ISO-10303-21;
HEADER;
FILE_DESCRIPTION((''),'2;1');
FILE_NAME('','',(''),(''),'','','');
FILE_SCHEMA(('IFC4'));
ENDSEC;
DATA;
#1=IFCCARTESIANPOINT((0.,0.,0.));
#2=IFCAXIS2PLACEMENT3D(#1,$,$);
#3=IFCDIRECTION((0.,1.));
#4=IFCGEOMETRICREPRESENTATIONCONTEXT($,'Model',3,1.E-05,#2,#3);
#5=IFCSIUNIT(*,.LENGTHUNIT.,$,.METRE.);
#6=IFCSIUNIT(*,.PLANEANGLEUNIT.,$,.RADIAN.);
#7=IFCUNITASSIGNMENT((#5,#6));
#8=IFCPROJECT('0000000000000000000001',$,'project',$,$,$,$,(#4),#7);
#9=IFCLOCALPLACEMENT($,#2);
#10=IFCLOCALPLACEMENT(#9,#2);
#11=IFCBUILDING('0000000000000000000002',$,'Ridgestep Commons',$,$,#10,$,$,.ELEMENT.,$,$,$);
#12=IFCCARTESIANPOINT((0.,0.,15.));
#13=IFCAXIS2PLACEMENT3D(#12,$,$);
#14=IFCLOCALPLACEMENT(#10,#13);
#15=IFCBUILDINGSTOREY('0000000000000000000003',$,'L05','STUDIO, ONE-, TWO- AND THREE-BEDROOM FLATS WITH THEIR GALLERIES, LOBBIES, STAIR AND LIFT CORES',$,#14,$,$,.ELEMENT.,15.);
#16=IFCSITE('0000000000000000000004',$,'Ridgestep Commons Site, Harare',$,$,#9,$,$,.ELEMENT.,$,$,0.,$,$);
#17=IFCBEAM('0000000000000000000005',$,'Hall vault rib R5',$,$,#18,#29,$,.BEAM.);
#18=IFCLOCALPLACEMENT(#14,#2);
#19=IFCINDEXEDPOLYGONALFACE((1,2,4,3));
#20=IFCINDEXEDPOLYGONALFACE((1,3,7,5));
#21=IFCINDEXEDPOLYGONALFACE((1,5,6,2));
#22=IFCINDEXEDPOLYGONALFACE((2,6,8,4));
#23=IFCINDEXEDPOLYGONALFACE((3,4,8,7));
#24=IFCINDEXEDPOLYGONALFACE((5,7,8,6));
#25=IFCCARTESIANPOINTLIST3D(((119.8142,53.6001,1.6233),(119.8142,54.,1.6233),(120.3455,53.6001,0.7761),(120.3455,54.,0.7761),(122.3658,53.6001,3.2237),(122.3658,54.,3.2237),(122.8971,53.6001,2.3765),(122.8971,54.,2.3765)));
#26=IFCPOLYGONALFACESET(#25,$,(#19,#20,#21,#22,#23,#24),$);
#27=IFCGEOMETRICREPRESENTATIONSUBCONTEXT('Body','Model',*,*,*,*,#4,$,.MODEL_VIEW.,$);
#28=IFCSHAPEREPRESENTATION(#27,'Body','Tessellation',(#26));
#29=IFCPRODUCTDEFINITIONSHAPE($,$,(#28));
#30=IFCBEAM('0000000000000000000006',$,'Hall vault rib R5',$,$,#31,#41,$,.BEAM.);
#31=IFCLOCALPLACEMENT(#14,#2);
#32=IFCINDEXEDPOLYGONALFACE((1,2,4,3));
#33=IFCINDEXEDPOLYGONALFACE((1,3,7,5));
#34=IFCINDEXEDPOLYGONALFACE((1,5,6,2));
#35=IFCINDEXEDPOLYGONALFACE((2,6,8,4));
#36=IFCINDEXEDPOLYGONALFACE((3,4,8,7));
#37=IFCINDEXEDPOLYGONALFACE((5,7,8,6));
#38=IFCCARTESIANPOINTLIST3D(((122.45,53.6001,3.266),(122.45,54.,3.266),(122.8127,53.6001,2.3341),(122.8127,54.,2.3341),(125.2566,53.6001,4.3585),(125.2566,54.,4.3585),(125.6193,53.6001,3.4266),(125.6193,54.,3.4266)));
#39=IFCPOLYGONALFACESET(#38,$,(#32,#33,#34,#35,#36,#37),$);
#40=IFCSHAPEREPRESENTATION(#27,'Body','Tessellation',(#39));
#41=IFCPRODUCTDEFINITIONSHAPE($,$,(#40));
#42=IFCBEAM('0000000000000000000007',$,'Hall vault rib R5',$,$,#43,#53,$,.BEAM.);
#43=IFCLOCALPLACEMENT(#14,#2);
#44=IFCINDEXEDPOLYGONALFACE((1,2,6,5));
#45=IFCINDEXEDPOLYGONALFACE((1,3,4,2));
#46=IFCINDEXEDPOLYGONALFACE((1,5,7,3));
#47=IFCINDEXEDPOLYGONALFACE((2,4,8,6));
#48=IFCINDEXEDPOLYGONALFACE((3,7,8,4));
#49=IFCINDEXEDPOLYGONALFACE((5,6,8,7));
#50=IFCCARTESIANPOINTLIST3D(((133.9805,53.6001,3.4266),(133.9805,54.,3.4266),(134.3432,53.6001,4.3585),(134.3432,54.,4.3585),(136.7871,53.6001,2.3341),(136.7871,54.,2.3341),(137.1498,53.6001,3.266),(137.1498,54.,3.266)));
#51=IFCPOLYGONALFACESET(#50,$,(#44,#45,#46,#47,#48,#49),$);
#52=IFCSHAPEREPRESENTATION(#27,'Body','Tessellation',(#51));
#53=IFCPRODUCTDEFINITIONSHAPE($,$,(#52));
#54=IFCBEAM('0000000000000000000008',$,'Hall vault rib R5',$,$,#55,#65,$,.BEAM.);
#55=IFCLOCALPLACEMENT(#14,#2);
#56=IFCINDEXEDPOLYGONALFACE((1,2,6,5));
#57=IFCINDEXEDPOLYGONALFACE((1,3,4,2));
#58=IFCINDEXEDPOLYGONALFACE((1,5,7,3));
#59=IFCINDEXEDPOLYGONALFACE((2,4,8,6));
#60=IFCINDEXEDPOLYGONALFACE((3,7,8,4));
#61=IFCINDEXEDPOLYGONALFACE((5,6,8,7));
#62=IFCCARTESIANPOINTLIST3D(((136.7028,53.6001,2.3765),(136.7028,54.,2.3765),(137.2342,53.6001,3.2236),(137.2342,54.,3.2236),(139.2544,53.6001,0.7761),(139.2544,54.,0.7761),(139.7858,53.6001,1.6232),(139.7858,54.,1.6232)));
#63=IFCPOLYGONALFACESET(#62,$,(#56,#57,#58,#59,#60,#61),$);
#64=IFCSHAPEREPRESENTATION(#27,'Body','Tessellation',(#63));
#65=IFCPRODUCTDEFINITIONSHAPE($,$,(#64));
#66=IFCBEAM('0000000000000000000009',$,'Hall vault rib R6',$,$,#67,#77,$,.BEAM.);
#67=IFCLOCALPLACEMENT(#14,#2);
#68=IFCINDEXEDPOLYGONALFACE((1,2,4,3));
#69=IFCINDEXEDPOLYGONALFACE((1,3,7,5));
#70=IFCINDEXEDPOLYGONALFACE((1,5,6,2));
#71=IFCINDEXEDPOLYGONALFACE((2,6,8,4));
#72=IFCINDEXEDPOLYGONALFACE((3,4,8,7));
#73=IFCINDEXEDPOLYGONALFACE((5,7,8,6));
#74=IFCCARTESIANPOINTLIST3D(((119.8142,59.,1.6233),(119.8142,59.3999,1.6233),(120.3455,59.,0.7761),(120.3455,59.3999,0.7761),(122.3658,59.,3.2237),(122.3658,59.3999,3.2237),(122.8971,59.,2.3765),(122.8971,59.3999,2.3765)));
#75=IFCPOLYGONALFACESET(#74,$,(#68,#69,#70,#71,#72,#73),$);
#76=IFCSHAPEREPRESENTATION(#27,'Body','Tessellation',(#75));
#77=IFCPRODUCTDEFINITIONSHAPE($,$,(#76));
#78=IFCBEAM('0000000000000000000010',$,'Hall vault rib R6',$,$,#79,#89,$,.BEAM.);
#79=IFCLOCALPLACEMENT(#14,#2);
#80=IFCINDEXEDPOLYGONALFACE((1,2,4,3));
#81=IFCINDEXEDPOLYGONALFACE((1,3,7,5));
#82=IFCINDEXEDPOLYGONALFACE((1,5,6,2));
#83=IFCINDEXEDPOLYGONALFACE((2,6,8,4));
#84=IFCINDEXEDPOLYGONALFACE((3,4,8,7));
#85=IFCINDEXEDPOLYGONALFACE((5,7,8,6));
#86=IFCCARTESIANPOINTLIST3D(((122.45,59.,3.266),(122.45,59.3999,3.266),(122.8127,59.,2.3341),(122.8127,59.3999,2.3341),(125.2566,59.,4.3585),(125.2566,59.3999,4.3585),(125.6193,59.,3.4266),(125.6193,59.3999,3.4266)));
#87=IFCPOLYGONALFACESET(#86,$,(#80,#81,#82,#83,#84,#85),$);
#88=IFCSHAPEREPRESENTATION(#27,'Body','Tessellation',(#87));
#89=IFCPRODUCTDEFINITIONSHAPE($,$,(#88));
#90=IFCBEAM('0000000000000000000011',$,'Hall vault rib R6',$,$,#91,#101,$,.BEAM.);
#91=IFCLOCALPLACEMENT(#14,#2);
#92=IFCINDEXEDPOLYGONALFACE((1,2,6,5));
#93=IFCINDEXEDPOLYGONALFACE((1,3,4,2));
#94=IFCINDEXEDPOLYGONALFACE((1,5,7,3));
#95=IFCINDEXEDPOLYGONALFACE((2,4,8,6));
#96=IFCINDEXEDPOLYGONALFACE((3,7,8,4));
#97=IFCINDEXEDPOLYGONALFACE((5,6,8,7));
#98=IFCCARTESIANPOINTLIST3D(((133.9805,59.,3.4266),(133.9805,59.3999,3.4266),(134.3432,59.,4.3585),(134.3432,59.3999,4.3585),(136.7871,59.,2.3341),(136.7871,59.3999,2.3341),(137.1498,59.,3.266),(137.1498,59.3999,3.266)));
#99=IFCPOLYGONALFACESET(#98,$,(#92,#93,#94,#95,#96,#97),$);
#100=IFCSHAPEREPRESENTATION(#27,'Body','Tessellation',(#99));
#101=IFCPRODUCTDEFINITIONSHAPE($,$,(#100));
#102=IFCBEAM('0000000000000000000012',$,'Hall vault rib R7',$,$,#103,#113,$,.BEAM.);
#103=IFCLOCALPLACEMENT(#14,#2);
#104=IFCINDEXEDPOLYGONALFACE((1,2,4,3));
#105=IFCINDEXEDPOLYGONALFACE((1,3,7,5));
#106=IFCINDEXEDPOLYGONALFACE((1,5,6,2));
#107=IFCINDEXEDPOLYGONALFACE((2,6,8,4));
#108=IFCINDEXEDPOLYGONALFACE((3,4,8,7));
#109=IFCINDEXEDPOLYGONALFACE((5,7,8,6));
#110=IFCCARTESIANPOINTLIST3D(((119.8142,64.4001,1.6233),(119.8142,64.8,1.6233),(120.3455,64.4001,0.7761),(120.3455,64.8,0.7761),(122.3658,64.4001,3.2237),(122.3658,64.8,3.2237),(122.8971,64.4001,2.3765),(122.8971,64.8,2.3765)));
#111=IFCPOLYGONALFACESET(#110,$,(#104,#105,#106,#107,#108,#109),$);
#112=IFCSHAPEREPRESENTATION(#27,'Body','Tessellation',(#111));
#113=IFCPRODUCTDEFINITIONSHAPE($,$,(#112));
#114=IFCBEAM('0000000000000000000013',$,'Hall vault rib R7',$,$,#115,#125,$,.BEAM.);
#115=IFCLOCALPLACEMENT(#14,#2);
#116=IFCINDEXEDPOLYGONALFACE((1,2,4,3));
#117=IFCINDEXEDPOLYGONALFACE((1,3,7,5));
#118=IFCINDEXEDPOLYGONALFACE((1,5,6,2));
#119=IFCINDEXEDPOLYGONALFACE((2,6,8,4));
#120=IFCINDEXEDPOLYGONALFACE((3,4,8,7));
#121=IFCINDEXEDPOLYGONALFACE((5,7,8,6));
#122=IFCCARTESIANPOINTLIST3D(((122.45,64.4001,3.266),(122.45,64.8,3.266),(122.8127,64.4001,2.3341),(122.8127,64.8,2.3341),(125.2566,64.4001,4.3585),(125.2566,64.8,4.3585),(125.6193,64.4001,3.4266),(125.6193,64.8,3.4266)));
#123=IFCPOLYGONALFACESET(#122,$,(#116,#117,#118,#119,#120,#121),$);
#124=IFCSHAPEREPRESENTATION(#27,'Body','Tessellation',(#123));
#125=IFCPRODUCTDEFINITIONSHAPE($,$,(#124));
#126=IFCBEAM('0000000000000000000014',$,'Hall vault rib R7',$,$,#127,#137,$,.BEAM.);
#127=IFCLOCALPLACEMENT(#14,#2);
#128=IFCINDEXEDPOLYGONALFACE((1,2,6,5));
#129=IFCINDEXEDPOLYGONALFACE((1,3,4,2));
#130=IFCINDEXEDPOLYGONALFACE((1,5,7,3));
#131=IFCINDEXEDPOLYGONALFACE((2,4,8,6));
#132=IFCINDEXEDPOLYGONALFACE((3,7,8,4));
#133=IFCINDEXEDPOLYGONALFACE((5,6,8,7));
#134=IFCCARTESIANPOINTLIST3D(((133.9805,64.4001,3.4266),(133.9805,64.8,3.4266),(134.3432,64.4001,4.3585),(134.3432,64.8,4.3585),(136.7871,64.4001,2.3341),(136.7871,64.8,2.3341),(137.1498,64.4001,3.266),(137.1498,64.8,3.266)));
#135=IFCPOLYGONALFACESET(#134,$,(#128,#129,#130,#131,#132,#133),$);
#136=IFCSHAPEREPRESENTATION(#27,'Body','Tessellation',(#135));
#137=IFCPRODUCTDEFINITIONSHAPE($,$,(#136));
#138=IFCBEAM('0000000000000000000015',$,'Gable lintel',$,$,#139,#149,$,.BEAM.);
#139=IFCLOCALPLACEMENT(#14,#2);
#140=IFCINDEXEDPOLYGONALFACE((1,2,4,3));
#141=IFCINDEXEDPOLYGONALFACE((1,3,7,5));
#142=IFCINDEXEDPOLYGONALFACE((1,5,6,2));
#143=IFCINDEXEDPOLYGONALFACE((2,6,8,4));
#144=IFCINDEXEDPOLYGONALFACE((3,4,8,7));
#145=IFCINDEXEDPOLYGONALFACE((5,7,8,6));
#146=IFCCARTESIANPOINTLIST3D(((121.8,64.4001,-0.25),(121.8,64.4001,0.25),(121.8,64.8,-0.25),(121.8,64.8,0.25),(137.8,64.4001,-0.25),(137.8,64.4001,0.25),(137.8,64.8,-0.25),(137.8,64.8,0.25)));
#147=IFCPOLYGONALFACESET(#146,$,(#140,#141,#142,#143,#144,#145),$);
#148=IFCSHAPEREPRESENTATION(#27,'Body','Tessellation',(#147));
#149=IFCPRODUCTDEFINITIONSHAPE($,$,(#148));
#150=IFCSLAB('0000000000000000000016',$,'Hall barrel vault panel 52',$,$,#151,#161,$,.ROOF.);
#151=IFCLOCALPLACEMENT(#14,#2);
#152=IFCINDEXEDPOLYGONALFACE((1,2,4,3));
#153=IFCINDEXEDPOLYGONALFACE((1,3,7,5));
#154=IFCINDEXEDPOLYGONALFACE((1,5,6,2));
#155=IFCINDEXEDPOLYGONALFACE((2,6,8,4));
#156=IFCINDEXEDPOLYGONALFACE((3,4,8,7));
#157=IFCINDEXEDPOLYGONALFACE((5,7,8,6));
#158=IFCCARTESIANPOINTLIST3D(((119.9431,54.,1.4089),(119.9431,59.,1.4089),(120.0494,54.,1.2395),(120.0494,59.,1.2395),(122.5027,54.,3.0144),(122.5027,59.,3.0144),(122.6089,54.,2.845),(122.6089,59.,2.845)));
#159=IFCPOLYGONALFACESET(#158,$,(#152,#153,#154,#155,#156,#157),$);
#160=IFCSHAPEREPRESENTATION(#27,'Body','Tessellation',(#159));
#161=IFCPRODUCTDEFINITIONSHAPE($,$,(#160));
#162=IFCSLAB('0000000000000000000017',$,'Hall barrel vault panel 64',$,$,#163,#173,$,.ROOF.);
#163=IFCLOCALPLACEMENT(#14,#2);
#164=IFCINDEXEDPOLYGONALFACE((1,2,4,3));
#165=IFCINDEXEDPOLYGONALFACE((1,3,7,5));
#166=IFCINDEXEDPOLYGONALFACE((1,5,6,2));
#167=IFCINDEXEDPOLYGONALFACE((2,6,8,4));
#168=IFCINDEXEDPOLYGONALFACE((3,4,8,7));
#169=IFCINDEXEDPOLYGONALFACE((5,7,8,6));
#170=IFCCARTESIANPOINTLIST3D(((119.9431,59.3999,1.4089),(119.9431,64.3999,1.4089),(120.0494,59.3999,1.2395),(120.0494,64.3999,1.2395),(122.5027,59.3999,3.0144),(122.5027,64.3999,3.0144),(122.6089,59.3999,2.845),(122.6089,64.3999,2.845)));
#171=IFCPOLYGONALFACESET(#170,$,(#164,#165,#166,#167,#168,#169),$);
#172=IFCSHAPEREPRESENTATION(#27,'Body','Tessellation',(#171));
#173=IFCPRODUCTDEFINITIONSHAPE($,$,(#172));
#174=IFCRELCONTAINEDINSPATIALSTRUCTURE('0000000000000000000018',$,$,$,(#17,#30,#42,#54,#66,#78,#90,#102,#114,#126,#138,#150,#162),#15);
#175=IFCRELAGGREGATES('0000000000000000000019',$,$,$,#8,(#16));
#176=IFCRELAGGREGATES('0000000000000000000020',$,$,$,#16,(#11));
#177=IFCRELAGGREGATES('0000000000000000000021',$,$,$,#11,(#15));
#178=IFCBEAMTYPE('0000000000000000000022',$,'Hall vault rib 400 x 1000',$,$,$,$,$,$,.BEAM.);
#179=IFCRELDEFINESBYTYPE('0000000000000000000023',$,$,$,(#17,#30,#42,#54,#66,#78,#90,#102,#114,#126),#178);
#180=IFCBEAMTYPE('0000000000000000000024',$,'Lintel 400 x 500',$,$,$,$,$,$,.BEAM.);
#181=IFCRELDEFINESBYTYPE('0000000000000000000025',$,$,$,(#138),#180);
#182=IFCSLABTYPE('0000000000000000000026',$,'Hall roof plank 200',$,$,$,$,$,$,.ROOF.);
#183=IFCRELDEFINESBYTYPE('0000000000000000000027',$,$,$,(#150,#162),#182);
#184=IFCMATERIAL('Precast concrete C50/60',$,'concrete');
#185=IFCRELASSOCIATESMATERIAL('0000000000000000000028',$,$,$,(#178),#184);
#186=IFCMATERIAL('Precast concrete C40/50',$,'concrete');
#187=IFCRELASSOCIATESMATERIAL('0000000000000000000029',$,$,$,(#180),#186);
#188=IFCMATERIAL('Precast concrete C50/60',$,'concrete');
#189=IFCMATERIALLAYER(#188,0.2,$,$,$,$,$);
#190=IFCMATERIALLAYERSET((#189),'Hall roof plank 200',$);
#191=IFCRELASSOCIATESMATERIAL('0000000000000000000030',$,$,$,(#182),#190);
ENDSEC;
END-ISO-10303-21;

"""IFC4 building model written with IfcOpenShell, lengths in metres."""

from ifc_helpers import new_model, si_unit, direction, frame, origin, origin_2d, place, context, subcontext, project, spatial, polyline, rectangle, outline, extrude, material, layer, layer_set, material_profile, profile_set, type_object, element, save


model = new_model("IFC4")

# Units and contexts
model_context = context("Model", 3, precision=1e-05, world=origin(), true_north=direction((0.0, 1.0)))
body_context = subcontext(model_context, "Body", "Model", "MODEL_VIEW")
ifc_project = project(units=[si_unit("LENGTHUNIT", "METRE"), si_unit("PLANEANGLEUNIT", "RADIAN")], contexts=[model_context])

# Site, building, storey
site_placement = place(None, origin())
site = spatial("IfcSite", under=ifc_project, at=site_placement, Name="Ridgestep Commons Site, Harare", CompositionType="ELEMENT", RefElevation=0.0)
building_placement = place(site_placement, origin())
building = spatial("IfcBuilding", under=site, at=building_placement, Name="Ridgestep Commons", CompositionType="ELEMENT")
storey_placement = place(building_placement, frame((0.0, 0.0, 15.0)))
storey = spatial("IfcBuildingStorey", under=building, at=storey_placement, Name="L05", Description="STUDIO, ONE-, TWO- AND THREE-BEDROOM FLATS WITH THEIR GALLERIES, LOBBIES, STAIR AND LIFT CORES", CompositionType="ELEMENT", Elevation=15.0)

# Beams
ifc_material_1 = material(Name="Precast concrete C50/60", Category="concrete")
ifc_material_profile_1 = material_profile(ifc_material_1, rectangle(XDim=0.3999, YDim=1.0, at=origin_2d()), Name="Hall vault rib 400 x 1000")
ifc_profile_set_1 = profile_set([ifc_material_profile_1], Name="Precast concrete C50/60")
beam_type_1 = type_object("IfcBeamType", Name="Hall vault rib 400 x 1000", PredefinedType="BEAM", material=ifc_profile_set_1)
beam_1_placement = place(storey_placement, frame((120.0798, 53.8, 1.1997), z_axis=(0.847155, 0.0, 0.531346), x_axis=(0.0, 1.0, 0.0)))
element("IfcBeam", 1, at=beam_1_placement, inside=storey, type_object=beam_type_1, Name="Hall vault rib R5", PredefinedType="BEAM", context=body_context, shape_type="SweptSolid", body=[
    extrude(rectangle(XDim=0.3999, YDim=1.0, at=origin_2d()), origin(), (0.0, 0.0, 1.0), 3.012),
])
for number, where, z_axis, x_axis, name in (
    (2, (122.6313, 53.8, 2.8), (0.931886, 0.0, 0.362751), (0.0, 1.0, 0.0), "Hall vault rib R5"),
    (3, (134.1619, 53.8, 3.8926), (0.931886, 0.0, -0.362751), (0.0, 1.0, 0.0), "Hall vault rib R5"),
):
    element("IfcBeam", number, at=place(storey_placement, frame(where, z_axis=z_axis, x_axis=x_axis)), inside=storey, type_object=beam_type_1, Name=name, PredefinedType="BEAM", context=body_context, shape_type="SweptSolid", body=[
        extrude(rectangle(XDim=0.3999, YDim=1.0, at=origin_2d()), origin(), (0.0, 0.0, 1.0), 3.0117),
    ])
for number, where, z_axis, x_axis, name in (
    (4, (136.9685, 53.8, 2.8), (0.847155, 0.0, -0.531346), (0.0, 1.0, 0.0), "Hall vault rib R5"),
    (5, (120.0798, 59.2, 1.1997), (0.847155, 0.0, 0.531346), (0.0, 1.0, 0.0), "Hall vault rib R6"),
):
    element("IfcBeam", number, at=place(storey_placement, frame(where, z_axis=z_axis, x_axis=x_axis)), inside=storey, type_object=beam_type_1, Name=name, PredefinedType="BEAM", context=body_context, shape_type="SweptSolid", body=[
        extrude(rectangle(XDim=0.3999, YDim=1.0, at=origin_2d()), origin(), (0.0, 0.0, 1.0), 3.012),
    ])
for number, where, z_axis, x_axis, name in (
    (6, (122.6313, 59.2, 2.8), (0.931886, 0.0, 0.362751), (0.0, 1.0, 0.0), "Hall vault rib R6"),
    (7, (134.1619, 59.2, 3.8926), (0.931886, 0.0, -0.362751), (0.0, 1.0, 0.0), "Hall vault rib R6"),
):
    element("IfcBeam", number, at=place(storey_placement, frame(where, z_axis=z_axis, x_axis=x_axis)), inside=storey, type_object=beam_type_1, Name=name, PredefinedType="BEAM", context=body_context, shape_type="SweptSolid", body=[
        extrude(rectangle(XDim=0.3999, YDim=1.0, at=origin_2d()), origin(), (0.0, 0.0, 1.0), 3.0117),
    ])
beam_2_placement = place(storey_placement, frame((120.0798, 64.6001, 1.1997), z_axis=(0.847155, 0.0, 0.531346), x_axis=(0.0, 1.0, 0.0)))
element("IfcBeam", 8, at=beam_2_placement, inside=storey, type_object=beam_type_1, Name="Hall vault rib R7", PredefinedType="BEAM", context=body_context, shape_type="SweptSolid", body=[
    extrude(rectangle(XDim=0.3999, YDim=1.0, at=origin_2d()), origin(), (0.0, 0.0, 1.0), 3.012),
])
for number, where, z_axis, x_axis, name in (
    (9, (122.6313, 64.6001, 2.8), (0.931886, 0.0, 0.362751), (0.0, 1.0, 0.0), "Hall vault rib R7"),
    (10, (134.1619, 64.6001, 3.8926), (0.931886, 0.0, -0.362751), (0.0, 1.0, 0.0), "Hall vault rib R7"),
):
    element("IfcBeam", number, at=place(storey_placement, frame(where, z_axis=z_axis, x_axis=x_axis)), inside=storey, type_object=beam_type_1, Name=name, PredefinedType="BEAM", context=body_context, shape_type="SweptSolid", body=[
        extrude(rectangle(XDim=0.3999, YDim=1.0, at=origin_2d()), origin(), (0.0, 0.0, 1.0), 3.0117),
    ])
ifc_material_2 = material(Name="Precast concrete C40/50", Category="concrete")
ifc_material_profile_2 = material_profile(ifc_material_2, rectangle(XDim=0.3999, YDim=0.5, at=origin_2d()), Name="Lintel 400 x 500")
ifc_profile_set_2 = profile_set([ifc_material_profile_2], Name="Precast concrete C40/50")
beam_type_2 = type_object("IfcBeamType", Name="Lintel 400 x 500", PredefinedType="BEAM", material=ifc_profile_set_2)
beam_3_placement = place(storey_placement, frame((121.8, 64.6001, 0.0), z_axis=(1.0, 0.0, 0.0), x_axis=(0.0, 1.0, 0.0)))
element("IfcBeam", 11, at=beam_3_placement, inside=storey, type_object=beam_type_2, Name="Gable lintel", PredefinedType="BEAM", context=body_context, shape_type="SweptSolid", body=[
    extrude(rectangle(XDim=0.3999, YDim=0.5, at=origin_2d()), origin(), (0.0, 0.0, 1.0), 16.0),
])

# Slabs
ifc_material_3 = material(Name="Precast concrete C50/60", Category="concrete")
ifc_layer_1 = layer(ifc_material_3, 0.2)
ifc_layer_set_1 = layer_set([ifc_layer_1], Name="Hall roof plank 200")
slab_type = type_object("IfcSlabType", Name="Hall roof plank 200", PredefinedType="ROOF", material=ifc_layer_set_1)
for number, where, z_axis, x_axis, name in (
    (12, (119.9431, 54.0, 1.4089), (-0.531364, 0.0, 0.847144), (0.847144, 0.0, 0.531364), "Hall barrel vault panel 52"),
    (13, (119.9431, 59.3999, 1.4089), (-0.531364, 0.0, 0.847144), (0.847144, 0.0, 0.531364), "Hall barrel vault panel 64"),
):
    element("IfcSlab", number, at=place(storey_placement, frame(where, z_axis=z_axis, x_axis=x_axis)), inside=storey, type_object=slab_type, Name=name, PredefinedType="ROOF", context=body_context, shape_type="SweptSolid", body=[
        extrude(outline(polyline([(0.0, 0.0), (3.0214, 0.0), (3.0214, 5.0), (0.0, 5.0), (0.0, 0.0)])), origin(), (0.0, 0.0, -1.0), 0.2),
    ])

save(model, "model.ifc")
